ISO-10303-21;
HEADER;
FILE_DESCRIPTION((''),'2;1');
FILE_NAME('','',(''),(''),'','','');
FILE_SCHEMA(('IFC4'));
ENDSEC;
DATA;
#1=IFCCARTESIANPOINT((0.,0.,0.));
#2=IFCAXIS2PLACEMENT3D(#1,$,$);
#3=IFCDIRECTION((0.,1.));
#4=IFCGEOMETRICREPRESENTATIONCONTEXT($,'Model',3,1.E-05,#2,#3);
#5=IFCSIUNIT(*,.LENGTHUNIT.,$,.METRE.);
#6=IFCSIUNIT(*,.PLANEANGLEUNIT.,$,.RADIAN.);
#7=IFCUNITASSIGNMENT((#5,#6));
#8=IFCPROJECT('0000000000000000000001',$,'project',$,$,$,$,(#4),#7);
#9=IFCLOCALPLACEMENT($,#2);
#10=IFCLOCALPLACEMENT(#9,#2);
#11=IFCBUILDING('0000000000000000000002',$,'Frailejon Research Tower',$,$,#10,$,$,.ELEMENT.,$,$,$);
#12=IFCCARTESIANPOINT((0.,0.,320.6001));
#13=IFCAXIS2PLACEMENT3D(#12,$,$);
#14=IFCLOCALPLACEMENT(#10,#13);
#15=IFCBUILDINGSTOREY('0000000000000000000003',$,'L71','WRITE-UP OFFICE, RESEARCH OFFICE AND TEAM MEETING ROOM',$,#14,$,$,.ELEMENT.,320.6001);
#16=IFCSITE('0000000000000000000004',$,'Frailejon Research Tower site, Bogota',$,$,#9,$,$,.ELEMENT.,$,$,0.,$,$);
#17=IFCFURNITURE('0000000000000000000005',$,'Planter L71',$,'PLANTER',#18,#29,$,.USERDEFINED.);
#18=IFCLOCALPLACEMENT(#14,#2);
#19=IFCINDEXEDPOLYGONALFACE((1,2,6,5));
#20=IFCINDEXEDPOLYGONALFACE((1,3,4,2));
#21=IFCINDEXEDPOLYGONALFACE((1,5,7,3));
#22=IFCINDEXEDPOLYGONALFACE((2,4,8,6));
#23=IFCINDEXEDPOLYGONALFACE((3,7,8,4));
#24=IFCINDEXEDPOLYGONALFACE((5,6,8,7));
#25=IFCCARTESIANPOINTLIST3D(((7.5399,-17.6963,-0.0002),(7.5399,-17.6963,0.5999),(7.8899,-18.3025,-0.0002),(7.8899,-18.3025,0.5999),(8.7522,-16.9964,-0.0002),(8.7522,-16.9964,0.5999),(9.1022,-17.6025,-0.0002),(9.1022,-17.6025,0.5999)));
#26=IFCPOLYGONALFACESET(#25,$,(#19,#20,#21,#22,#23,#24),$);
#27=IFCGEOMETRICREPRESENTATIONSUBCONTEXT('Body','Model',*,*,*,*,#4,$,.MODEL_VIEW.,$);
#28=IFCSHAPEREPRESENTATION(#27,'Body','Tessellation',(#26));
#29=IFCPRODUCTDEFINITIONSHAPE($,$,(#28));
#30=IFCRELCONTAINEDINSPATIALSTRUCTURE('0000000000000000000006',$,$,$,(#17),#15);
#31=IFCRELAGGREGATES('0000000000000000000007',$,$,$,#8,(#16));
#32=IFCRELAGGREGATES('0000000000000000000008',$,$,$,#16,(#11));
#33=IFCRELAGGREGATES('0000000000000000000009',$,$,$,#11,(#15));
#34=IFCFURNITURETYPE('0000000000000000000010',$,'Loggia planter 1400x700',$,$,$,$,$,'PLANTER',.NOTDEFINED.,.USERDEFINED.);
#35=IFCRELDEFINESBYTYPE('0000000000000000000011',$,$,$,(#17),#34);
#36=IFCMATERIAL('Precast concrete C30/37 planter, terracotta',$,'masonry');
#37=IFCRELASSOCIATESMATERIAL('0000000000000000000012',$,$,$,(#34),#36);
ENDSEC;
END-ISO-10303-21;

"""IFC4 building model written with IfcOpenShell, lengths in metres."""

from ifc_helpers import new_model, si_unit, direction, frame, origin, origin_2d, place, context, subcontext, project, spatial, rectangle, extrude, material, type_object, element, save


model = new_model("IFC4")

# Units and contexts
model_context = context("Model", 3, precision=1e-05, world=origin(), true_north=direction((0.0, 1.0)))
body_context = subcontext(model_context, "Body", "Model", "MODEL_VIEW")
ifc_project = project(units=[si_unit("LENGTHUNIT", "METRE"), si_unit("PLANEANGLEUNIT", "RADIAN")], contexts=[model_context])

# Site, building, storey
site_placement = place(None, origin())
site = spatial("IfcSite", under=ifc_project, at=site_placement, Name="Frailejon Research Tower site, Bogota", CompositionType="ELEMENT", RefElevation=0.0)
building_placement = place(site_placement, origin())
building = spatial("IfcBuilding", under=site, at=building_placement, Name="Frailejon Research Tower", CompositionType="ELEMENT")
storey_placement = place(building_placement, frame((0.0, 0.0, 320.6001)))
storey = spatial("IfcBuildingStorey", under=building, at=storey_placement, Name="L71", Description="WRITE-UP OFFICE, RESEARCH OFFICE AND TEAM MEETING ROOM", CompositionType="ELEMENT", Elevation=320.6001)

# Furniture
ifc_material_1 = material(Name="Precast concrete C30/37 planter, terracotta", Category="masonry")
furniture_type = type_object("IfcFurnitureType", Name="Loggia planter 1400x700", ElementType="PLANTER", AssemblyPlace="NOTDEFINED", PredefinedType="USERDEFINED", material=ifc_material_1)
furniture_placement = place(storey_placement, frame((8.321, -17.6494, -0.0002), z_axis=(0.0, 0.0, 1.0), x_axis=(0.866025, 0.5, 0.0)))
element("IfcFurniture", 1, at=furniture_placement, inside=storey, type_object=furniture_type, Name="Planter L71", ObjectType="PLANTER", PredefinedType="USERDEFINED", context=body_context, shape_type="SweptSolid", body=[
    extrude(rectangle(XDim=1.3999, YDim=0.7, at=origin_2d()), origin(), (0.0, 0.0, 1.0), 0.6001),
])

save(model, "model.ifc")
